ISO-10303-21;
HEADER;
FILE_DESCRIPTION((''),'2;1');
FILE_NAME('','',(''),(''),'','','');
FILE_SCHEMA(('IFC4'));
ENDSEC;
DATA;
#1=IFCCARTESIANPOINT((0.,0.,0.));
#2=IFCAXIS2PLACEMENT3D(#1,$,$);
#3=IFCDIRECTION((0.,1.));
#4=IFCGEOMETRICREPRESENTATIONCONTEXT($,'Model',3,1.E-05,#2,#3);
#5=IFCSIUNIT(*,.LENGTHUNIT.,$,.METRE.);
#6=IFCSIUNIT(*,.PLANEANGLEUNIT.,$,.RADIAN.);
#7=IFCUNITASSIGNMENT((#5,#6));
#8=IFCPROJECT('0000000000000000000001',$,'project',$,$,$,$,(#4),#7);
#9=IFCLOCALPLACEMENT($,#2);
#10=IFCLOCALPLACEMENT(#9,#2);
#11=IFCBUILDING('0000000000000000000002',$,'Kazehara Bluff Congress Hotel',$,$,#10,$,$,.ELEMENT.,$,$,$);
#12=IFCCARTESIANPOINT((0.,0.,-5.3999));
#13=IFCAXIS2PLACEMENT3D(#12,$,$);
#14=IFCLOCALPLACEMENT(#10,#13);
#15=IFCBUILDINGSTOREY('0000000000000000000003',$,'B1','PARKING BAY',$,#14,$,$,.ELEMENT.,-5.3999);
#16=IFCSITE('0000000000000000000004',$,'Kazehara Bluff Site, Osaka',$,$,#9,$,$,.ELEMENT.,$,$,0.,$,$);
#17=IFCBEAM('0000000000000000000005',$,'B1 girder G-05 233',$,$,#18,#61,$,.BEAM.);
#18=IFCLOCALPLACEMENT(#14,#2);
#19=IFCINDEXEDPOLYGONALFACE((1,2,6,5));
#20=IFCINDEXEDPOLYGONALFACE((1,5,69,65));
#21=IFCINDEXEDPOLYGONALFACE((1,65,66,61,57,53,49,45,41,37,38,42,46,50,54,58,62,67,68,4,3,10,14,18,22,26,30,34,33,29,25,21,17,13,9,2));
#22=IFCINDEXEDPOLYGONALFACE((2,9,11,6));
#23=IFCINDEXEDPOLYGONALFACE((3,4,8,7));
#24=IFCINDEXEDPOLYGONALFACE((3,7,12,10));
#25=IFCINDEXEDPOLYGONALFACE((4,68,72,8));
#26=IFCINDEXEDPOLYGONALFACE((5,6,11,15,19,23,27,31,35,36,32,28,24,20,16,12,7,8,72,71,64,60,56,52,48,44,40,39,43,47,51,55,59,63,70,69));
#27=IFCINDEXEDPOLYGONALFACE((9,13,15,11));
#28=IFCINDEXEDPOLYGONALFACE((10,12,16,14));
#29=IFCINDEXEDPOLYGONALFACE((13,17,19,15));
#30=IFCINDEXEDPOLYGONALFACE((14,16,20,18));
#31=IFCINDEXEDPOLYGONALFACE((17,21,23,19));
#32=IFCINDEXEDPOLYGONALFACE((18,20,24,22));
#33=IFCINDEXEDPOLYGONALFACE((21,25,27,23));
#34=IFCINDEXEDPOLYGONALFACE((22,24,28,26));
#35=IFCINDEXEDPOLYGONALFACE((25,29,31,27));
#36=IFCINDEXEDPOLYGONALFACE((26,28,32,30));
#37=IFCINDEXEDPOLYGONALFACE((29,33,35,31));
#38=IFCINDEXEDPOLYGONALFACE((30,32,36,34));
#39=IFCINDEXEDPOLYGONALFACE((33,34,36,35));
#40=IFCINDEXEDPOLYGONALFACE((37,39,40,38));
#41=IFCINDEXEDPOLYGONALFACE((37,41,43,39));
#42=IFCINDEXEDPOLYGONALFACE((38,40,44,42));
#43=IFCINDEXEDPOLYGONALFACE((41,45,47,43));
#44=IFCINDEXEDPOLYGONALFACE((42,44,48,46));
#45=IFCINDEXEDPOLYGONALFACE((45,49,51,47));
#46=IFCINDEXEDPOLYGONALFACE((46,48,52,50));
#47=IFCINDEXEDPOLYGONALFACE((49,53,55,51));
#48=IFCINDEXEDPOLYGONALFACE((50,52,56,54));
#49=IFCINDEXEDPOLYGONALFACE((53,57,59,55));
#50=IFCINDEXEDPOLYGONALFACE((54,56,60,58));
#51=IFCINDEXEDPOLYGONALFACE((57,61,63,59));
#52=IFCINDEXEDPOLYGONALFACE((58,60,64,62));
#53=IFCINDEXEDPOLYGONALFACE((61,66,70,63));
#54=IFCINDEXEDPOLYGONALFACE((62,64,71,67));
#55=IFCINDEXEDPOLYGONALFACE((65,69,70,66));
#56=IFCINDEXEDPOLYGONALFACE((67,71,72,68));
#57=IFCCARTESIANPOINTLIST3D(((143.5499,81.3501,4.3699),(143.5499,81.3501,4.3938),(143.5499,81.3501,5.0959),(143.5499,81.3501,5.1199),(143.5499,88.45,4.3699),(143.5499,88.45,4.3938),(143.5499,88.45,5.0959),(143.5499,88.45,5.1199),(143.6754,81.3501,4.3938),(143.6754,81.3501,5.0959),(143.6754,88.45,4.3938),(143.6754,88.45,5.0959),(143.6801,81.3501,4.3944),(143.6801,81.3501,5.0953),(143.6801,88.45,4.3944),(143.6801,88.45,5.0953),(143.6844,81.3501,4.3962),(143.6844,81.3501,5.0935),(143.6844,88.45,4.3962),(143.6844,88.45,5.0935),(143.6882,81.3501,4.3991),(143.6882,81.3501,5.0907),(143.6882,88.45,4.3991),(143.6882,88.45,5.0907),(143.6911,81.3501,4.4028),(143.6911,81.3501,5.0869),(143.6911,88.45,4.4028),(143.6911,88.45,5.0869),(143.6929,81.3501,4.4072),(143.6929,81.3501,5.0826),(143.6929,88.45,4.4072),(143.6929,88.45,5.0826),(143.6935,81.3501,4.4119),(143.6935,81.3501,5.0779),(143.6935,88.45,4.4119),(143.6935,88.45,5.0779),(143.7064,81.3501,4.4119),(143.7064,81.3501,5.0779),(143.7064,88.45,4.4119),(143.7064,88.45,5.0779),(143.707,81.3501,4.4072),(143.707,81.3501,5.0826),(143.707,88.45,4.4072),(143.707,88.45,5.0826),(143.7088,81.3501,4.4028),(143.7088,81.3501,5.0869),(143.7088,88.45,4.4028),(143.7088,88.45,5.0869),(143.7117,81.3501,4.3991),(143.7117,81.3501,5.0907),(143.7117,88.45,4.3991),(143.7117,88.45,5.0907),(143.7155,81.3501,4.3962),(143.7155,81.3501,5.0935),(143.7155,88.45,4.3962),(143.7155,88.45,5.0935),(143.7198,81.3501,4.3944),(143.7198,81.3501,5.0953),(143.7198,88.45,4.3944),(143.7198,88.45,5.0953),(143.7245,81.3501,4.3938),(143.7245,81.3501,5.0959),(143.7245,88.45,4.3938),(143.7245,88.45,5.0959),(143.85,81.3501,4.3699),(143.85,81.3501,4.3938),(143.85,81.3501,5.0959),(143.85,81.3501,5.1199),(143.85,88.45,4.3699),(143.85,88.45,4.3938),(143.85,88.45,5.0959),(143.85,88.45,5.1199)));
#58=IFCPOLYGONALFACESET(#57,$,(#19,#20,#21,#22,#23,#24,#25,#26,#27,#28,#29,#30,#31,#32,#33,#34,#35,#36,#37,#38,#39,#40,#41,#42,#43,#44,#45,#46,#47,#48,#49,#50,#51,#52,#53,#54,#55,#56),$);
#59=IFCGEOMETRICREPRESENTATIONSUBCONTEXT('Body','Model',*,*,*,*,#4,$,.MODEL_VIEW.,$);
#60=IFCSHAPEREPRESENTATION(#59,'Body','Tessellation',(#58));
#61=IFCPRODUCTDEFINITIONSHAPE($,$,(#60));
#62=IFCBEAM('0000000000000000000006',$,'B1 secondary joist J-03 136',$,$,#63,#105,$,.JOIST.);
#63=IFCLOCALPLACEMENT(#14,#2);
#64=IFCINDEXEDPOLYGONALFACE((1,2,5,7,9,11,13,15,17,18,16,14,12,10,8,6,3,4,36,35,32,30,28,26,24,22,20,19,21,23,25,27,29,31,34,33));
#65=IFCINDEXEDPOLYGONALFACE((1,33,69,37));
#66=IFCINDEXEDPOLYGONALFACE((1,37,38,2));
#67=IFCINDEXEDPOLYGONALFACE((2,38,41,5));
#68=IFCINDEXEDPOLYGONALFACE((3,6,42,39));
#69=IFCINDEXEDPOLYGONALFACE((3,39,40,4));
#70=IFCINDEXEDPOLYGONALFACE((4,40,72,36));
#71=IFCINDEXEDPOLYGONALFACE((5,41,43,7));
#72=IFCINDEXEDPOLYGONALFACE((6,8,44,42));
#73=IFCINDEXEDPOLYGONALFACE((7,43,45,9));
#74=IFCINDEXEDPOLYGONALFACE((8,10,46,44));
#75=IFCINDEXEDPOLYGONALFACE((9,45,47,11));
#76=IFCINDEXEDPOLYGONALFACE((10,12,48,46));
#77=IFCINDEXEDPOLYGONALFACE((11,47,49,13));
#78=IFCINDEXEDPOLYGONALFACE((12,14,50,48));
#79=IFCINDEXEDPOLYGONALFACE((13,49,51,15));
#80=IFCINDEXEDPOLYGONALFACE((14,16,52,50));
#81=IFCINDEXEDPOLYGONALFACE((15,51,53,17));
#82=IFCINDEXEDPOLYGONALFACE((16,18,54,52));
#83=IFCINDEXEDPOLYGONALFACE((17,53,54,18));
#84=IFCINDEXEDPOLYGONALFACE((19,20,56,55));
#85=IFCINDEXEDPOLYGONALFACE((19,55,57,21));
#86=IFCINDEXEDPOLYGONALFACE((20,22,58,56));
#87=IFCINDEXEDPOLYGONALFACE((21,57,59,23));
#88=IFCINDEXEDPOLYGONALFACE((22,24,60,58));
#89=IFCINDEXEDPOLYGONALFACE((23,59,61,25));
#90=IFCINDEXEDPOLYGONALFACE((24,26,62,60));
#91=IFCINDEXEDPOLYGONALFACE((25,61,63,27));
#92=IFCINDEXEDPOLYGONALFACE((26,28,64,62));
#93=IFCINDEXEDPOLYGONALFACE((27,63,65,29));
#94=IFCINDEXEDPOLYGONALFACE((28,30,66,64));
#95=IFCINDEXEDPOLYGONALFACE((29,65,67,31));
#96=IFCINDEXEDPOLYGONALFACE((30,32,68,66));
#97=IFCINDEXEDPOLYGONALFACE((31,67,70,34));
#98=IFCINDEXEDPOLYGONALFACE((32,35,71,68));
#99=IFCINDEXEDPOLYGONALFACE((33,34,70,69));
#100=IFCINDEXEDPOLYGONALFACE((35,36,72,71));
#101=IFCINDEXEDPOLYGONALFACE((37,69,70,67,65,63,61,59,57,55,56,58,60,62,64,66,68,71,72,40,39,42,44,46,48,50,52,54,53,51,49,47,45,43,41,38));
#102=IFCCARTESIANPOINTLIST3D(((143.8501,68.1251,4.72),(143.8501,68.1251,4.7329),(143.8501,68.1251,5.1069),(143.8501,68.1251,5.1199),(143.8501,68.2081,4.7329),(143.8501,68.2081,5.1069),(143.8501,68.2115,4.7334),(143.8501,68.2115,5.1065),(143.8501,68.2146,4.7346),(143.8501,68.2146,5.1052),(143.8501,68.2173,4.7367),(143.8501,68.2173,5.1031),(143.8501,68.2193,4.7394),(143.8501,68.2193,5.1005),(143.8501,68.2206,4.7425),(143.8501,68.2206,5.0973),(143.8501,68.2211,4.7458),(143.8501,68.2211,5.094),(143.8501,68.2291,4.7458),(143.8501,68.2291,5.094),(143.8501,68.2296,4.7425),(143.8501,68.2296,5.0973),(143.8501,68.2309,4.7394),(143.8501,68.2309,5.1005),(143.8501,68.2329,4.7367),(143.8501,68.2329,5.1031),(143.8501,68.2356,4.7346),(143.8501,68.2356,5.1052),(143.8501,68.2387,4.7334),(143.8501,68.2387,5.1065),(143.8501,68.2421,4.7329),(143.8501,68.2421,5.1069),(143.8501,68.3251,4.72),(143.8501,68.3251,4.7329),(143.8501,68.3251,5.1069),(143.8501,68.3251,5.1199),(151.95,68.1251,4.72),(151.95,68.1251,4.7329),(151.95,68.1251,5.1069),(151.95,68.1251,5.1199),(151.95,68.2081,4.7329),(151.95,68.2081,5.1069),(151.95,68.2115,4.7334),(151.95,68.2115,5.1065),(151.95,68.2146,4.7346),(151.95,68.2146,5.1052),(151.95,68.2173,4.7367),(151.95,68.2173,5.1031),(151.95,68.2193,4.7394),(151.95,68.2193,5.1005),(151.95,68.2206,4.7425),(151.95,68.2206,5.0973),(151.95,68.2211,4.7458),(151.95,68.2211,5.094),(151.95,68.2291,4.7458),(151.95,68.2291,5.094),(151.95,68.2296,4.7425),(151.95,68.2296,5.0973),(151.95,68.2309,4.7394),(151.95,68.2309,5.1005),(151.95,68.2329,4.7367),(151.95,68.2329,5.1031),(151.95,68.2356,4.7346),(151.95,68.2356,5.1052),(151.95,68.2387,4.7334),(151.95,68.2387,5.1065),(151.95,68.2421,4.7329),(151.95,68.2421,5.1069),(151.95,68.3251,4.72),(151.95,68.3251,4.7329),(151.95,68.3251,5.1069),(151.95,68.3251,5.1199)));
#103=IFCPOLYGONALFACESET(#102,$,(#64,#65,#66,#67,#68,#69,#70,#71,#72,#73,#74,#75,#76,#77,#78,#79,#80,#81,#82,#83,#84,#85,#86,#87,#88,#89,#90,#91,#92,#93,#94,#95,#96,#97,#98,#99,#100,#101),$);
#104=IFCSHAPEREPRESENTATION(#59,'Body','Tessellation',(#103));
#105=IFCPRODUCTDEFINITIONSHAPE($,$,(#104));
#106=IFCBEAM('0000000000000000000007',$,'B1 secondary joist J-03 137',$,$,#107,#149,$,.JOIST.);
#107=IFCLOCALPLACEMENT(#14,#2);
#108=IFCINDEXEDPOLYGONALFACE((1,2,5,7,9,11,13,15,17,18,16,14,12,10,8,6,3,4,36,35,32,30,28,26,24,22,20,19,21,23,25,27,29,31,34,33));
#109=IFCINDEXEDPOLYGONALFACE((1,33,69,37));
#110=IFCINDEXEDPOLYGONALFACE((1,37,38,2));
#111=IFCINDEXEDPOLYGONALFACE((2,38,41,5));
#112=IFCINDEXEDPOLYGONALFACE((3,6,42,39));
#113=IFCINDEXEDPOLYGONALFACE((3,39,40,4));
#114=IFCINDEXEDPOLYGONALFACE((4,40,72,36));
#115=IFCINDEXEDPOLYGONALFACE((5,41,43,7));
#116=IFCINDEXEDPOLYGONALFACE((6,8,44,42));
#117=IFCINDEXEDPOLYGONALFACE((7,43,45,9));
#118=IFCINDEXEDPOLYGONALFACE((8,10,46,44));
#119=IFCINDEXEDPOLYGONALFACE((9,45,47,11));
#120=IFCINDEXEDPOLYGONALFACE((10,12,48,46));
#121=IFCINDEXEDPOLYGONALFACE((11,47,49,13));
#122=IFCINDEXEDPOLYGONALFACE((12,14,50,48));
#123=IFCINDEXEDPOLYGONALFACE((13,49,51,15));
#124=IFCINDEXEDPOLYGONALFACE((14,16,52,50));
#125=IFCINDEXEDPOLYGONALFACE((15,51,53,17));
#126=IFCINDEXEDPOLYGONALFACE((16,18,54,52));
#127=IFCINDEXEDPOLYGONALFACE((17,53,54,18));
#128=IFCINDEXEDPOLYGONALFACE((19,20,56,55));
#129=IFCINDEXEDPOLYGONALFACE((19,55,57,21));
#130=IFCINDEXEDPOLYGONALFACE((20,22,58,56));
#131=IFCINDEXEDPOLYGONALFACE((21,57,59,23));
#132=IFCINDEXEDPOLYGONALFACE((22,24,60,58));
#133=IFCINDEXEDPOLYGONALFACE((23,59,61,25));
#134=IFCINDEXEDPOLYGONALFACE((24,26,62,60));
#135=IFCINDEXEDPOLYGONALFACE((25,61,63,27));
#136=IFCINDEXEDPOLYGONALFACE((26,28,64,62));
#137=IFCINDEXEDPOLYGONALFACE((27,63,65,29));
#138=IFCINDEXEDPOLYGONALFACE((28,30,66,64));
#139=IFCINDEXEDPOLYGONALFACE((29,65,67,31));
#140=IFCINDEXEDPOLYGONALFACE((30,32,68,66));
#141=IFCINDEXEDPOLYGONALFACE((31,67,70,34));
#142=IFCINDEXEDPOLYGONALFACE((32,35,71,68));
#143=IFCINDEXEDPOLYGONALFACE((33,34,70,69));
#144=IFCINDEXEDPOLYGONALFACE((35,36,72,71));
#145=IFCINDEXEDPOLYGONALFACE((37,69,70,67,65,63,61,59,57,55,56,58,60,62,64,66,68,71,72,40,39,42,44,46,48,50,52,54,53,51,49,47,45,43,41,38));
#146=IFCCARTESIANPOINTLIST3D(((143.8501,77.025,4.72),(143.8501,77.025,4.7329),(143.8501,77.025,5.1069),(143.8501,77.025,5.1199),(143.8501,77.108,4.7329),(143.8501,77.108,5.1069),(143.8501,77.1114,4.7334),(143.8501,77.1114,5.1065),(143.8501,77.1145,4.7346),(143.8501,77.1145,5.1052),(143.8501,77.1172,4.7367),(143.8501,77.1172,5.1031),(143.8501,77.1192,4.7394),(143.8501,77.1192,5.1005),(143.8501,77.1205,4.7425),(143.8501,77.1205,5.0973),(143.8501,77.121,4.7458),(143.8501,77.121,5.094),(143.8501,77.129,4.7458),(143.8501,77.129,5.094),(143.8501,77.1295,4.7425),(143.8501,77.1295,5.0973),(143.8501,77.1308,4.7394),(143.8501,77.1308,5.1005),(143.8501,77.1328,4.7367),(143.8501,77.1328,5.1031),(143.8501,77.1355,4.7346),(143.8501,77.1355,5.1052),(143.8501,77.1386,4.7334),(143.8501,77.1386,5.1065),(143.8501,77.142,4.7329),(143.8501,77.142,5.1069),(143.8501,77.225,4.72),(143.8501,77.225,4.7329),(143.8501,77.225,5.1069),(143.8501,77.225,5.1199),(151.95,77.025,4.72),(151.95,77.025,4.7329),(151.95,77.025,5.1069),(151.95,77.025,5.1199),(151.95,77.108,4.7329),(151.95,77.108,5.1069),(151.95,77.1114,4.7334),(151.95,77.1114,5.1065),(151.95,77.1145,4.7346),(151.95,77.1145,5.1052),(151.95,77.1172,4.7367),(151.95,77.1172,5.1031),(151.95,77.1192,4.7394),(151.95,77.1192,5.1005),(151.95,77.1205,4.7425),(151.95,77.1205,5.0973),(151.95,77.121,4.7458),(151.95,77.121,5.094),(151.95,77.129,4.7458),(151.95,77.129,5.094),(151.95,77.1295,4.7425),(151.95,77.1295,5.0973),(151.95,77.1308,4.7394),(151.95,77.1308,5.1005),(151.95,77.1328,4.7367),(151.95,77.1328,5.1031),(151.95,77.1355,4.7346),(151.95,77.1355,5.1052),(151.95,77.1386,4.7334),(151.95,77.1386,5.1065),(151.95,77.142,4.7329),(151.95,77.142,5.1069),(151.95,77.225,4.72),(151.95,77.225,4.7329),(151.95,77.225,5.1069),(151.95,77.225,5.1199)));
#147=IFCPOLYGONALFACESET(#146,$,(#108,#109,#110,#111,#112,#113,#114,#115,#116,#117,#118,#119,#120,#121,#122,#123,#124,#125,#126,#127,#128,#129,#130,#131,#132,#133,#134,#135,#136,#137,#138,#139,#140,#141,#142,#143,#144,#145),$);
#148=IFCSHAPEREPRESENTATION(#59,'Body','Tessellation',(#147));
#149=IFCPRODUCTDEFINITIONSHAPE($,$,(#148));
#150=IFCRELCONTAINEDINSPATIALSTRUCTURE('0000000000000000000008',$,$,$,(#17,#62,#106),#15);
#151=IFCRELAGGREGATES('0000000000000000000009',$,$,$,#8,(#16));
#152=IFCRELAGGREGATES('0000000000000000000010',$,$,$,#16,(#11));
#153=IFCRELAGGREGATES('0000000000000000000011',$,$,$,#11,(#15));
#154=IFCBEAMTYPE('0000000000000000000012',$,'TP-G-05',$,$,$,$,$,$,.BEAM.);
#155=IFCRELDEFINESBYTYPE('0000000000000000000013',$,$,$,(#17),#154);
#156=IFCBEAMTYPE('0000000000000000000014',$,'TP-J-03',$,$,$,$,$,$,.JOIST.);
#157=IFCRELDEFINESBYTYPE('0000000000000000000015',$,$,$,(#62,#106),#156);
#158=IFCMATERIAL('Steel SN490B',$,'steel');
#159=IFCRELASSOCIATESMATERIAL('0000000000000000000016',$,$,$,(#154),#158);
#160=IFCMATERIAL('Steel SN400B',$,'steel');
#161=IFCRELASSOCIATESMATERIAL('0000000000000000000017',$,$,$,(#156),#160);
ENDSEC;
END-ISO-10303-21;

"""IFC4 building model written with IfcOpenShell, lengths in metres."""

from ifc_helpers import new_model, si_unit, direction, frame, origin, origin_2d, place, context, subcontext, project, spatial, i_section, extrude, material, material_profile, profile_set, type_object, element, save


model = new_model("IFC4")

# Units and contexts
model_context = context("Model", 3, precision=1e-05, world=origin(), true_north=direction((0.0, 1.0)))
body_context = subcontext(model_context, "Body", "Model", "MODEL_VIEW")
ifc_project = project(units=[si_unit("LENGTHUNIT", "METRE"), si_unit("PLANEANGLEUNIT", "RADIAN")], contexts=[model_context])

# Site, building, storey
site_placement = place(None, origin())
site = spatial("IfcSite", under=ifc_project, at=site_placement, Name="Kazehara Bluff Site, Osaka", CompositionType="ELEMENT", RefElevation=0.0)
building_placement = place(site_placement, origin())
building = spatial("IfcBuilding", under=site, at=building_placement, Name="Kazehara Bluff Congress Hotel", CompositionType="ELEMENT")
storey_placement = place(building_placement, frame((0.0, 0.0, -5.3999)))
storey = spatial("IfcBuildingStorey", under=building, at=storey_placement, Name="B1", Description="PARKING BAY", CompositionType="ELEMENT", Elevation=-5.3999)

# Beams
ifc_material_1 = material(Name="Steel SN490B", Category="steel")
ifc_material_profile_1 = material_profile(ifc_material_1, i_section(OverallWidth=0.3, OverallDepth=0.75, WebThickness=0.0129, FlangeThickness=0.0239, FilletRadius=0.0181, at=origin_2d()))
ifc_profile_set_1 = profile_set([ifc_material_profile_1], Name="Steel SN490B")
beam_type_1 = type_object("IfcBeamType", Name="TP-G-05", PredefinedType="BEAM", material=ifc_profile_set_1)
beam_1_placement = place(storey_placement, frame((143.7, 81.3501, 4.7449), z_axis=(0.0, 1.0, 0.0), x_axis=(-1.0, 0.0, 0.0)))
element("IfcBeam", 1, at=beam_1_placement, inside=storey, type_object=beam_type_1, Name="B1 girder G-05 233", PredefinedType="BEAM", context=body_context, shape_type="SweptSolid", body=[
    extrude(i_section(OverallWidth=0.3, OverallDepth=0.75, WebThickness=0.0129, FlangeThickness=0.0239, FilletRadius=0.0181, at=origin_2d()), origin(), (0.0, 0.0, 1.0), 7.0999),
])
ifc_material_2 = material(Name="Steel SN400B", Category="steel")
ifc_material_profile_2 = material_profile(ifc_material_2, i_section(OverallWidth=0.2, OverallDepth=0.3999, WebThickness=0.0081, FlangeThickness=0.0129, FilletRadius=0.0129, at=origin_2d()))
ifc_profile_set_2 = profile_set([ifc_material_profile_2], Name="Steel SN400B")
beam_type_2 = type_object("IfcBeamType", Name="TP-J-03", PredefinedType="JOIST", material=ifc_profile_set_2)
for number, where, z_axis, x_axis, name in (
    (2, (143.8501, 68.2251, 4.9199), (1.0, 0.0, 0.0), (0.0, 1.0, 0.0), "B1 secondary joist J-03 136"),
    (3, (143.8501, 77.125, 4.9199), (1.0, 0.0, 0.0), (0.0, 1.0, 0.0), "B1 secondary joist J-03 137"),
):
    element("IfcBeam", number, at=place(storey_placement, frame(where, z_axis=z_axis, x_axis=x_axis)), inside=storey, type_object=beam_type_2, Name=name, PredefinedType="JOIST", context=body_context, shape_type="SweptSolid", body=[
        extrude(i_section(OverallWidth=0.2, OverallDepth=0.3999, WebThickness=0.0081, FlangeThickness=0.0129, FilletRadius=0.0129, at=origin_2d()), origin(), (0.0, 0.0, 1.0), 8.0999),
    ])

save(model, "model.ifc")
